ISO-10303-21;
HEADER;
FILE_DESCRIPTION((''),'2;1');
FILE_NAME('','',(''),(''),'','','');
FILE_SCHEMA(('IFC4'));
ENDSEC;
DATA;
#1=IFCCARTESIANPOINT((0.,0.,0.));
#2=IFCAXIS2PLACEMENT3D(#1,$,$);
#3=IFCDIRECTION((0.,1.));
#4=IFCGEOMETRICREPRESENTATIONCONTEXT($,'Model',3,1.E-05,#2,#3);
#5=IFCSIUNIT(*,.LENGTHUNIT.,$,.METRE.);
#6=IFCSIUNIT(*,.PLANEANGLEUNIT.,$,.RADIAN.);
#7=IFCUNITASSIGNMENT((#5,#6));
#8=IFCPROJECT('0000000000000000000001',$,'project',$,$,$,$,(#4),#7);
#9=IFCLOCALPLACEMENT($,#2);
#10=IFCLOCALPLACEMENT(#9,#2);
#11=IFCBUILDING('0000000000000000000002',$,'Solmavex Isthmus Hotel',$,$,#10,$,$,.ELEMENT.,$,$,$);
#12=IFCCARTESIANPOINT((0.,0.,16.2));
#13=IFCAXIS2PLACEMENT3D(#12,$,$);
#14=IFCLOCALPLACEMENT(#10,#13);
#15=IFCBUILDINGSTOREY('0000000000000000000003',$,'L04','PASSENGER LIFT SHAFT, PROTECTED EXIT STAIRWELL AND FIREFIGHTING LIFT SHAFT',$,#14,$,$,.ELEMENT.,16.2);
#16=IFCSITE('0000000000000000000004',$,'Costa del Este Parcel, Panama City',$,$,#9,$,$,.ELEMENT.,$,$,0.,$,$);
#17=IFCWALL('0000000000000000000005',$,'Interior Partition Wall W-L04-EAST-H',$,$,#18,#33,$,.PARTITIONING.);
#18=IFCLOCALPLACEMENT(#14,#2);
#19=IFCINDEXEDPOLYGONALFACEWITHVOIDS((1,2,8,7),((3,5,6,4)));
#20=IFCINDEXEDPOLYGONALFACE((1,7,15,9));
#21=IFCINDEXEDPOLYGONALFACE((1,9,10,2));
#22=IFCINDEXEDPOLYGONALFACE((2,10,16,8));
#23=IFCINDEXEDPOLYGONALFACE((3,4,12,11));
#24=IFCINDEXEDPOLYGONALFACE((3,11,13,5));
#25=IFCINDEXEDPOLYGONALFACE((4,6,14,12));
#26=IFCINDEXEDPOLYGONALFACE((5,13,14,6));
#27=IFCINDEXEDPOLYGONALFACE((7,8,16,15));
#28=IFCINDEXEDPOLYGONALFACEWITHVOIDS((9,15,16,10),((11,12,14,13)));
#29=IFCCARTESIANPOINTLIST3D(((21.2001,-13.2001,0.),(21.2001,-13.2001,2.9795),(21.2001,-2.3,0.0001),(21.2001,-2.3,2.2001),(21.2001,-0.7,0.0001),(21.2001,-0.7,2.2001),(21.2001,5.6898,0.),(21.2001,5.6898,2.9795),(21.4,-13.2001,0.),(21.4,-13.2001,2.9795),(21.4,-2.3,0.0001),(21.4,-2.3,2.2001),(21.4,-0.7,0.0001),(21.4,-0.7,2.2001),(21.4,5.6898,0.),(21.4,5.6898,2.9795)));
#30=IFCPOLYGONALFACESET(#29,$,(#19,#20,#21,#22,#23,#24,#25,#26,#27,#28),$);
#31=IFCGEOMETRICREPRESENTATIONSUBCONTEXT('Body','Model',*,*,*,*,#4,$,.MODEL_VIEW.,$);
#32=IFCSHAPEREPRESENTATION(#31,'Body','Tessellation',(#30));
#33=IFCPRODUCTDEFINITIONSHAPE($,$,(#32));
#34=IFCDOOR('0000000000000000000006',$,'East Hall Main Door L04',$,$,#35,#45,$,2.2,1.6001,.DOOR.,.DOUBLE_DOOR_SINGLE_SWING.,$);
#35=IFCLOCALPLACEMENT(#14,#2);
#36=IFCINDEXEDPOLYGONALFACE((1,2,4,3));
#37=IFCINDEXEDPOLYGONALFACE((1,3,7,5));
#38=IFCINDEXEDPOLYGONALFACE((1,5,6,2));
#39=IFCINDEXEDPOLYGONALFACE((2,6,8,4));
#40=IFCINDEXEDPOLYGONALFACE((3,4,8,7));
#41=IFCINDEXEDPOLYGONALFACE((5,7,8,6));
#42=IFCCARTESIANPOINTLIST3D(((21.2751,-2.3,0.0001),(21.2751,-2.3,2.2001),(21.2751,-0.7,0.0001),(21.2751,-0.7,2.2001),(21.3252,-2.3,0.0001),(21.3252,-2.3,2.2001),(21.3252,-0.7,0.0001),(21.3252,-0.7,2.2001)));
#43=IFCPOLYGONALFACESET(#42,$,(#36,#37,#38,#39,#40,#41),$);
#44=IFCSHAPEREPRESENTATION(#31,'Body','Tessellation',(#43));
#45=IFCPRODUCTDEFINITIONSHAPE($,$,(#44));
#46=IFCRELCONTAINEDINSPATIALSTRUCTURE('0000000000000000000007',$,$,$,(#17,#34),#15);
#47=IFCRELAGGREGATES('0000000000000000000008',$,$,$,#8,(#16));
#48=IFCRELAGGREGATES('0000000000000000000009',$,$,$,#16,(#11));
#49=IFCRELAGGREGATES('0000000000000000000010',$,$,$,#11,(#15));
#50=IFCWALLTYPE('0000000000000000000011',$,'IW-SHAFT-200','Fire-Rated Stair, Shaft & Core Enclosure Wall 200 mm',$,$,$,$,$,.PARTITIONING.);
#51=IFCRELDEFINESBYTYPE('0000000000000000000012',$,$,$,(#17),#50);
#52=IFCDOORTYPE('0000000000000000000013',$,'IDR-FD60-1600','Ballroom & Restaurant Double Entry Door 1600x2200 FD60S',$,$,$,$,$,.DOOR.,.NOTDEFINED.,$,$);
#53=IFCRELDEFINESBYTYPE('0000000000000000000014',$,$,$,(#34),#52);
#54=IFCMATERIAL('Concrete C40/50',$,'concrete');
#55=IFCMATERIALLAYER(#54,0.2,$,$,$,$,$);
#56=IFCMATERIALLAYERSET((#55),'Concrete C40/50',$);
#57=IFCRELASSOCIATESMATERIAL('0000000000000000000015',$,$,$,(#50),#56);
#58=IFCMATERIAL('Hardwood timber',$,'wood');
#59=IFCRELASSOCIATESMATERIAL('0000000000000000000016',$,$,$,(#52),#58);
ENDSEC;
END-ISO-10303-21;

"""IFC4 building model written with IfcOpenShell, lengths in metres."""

from ifc_helpers import new_model, si_unit, direction, frame, frame_2d, origin, place, context, subcontext, project, spatial, rectangle, extrude, material, layer, layer_set, type_object, element, fill, save


model = new_model("IFC4")

# Units and contexts
model_context = context("Model", 3, precision=1e-05, world=origin(), true_north=direction((0.0, 1.0)))
body_context = subcontext(model_context, "Body", "Model", "MODEL_VIEW")
ifc_project = project(units=[si_unit("LENGTHUNIT", "METRE"), si_unit("PLANEANGLEUNIT", "RADIAN")], contexts=[model_context])

# Site, building, storey
site_placement = place(None, origin())
site = spatial("IfcSite", under=ifc_project, at=site_placement, Name="Costa del Este Parcel, Panama City", CompositionType="ELEMENT", RefElevation=0.0)
building_placement = place(site_placement, origin())
building = spatial("IfcBuilding", under=site, at=building_placement, Name="Solmavex Isthmus Hotel", CompositionType="ELEMENT")
storey_placement = place(building_placement, frame((0.0, 0.0, 16.2)))
storey = spatial("IfcBuildingStorey", under=building, at=storey_placement, Name="L04", Description="PASSENGER LIFT SHAFT, PROTECTED EXIT STAIRWELL AND FIREFIGHTING LIFT SHAFT", CompositionType="ELEMENT", Elevation=16.2)

# Wall, opening, door
ifc_material_1 = material(Name="Concrete C40/50", Category="concrete")
ifc_layer_1 = layer(ifc_material_1, 0.2)
ifc_layer_set_1 = layer_set([ifc_layer_1], Name="Concrete C40/50")
wall_type_1 = type_object("IfcWallType", Name="IW-SHAFT-200", Description="Fire-Rated Stair, Shaft & Core Enclosure Wall 200 mm", PredefinedType="PARTITIONING", material=ifc_layer_set_1)
wall_1_placement = place(storey_placement, frame((21.3, -13.2, 0.0), z_axis=(0.0, 0.0, 1.0), x_axis=(0.0, 1.0, 0.0)))
wall_1 = element("IfcWall", 1, at=wall_1_placement, inside=storey, type_object=wall_type_1, Name="Interior Partition Wall W-L04-EAST-H", PredefinedType="PARTITIONING", context=body_context, shape_type="SweptSolid", body=[
    extrude(rectangle(XDim=18.8899, YDim=0.2, at=frame_2d((9.4448, 0.0))), origin(), (0.0, 0.0, 1.0), 2.9795),
])
opening_1_placement = place(wall_1_placement, frame((10.8999, 0.0, 0.0)))
opening_1 = element("IfcOpeningElement", 2, at=opening_1_placement, cuts=wall_1, PredefinedType="OPENING", context=body_context, shape_type="SweptSolid", body=[
    extrude(rectangle(XDim=1.6001, YDim=2.2, at=frame_2d((0.8, 1.1001))), frame((0.0, 0.1099, 0.0), z_axis=(0.0, -1.0, 0.0), x_axis=(1.0, 0.0, 0.0)), (0.0, 0.0, 1.0), 0.22),
])
ifc_material_2 = material(Name="Hardwood timber", Category="wood")
door_type = type_object("IfcDoorType", Name="IDR-FD60-1600", Description="Ballroom & Restaurant Double Entry Door 1600x2200 FD60S", OperationType="NOTDEFINED", PredefinedType="DOOR", material=ifc_material_2)
door_placement = place(opening_1_placement, origin())
door = element("IfcDoor", 3, at=door_placement, inside=storey, type_object=door_type, Name="East Hall Main Door L04", OperationType="DOUBLE_DOOR_SINGLE_SWING", OverallHeight=2.2, OverallWidth=1.6001, PredefinedType="DOOR", context=body_context, shape_type="SweptSolid", body=[
    extrude(rectangle(XDim=1.6001, YDim=2.2, at=frame_2d((0.8, 1.1001))), frame((0.0, 0.0249, 0.0), z_axis=(0.0, -1.0, 0.0), x_axis=(1.0, 0.0, 0.0)), (0.0, 0.0, 1.0), 0.05),
])
fill(opening_1, door)

save(model, "model.ifc")
